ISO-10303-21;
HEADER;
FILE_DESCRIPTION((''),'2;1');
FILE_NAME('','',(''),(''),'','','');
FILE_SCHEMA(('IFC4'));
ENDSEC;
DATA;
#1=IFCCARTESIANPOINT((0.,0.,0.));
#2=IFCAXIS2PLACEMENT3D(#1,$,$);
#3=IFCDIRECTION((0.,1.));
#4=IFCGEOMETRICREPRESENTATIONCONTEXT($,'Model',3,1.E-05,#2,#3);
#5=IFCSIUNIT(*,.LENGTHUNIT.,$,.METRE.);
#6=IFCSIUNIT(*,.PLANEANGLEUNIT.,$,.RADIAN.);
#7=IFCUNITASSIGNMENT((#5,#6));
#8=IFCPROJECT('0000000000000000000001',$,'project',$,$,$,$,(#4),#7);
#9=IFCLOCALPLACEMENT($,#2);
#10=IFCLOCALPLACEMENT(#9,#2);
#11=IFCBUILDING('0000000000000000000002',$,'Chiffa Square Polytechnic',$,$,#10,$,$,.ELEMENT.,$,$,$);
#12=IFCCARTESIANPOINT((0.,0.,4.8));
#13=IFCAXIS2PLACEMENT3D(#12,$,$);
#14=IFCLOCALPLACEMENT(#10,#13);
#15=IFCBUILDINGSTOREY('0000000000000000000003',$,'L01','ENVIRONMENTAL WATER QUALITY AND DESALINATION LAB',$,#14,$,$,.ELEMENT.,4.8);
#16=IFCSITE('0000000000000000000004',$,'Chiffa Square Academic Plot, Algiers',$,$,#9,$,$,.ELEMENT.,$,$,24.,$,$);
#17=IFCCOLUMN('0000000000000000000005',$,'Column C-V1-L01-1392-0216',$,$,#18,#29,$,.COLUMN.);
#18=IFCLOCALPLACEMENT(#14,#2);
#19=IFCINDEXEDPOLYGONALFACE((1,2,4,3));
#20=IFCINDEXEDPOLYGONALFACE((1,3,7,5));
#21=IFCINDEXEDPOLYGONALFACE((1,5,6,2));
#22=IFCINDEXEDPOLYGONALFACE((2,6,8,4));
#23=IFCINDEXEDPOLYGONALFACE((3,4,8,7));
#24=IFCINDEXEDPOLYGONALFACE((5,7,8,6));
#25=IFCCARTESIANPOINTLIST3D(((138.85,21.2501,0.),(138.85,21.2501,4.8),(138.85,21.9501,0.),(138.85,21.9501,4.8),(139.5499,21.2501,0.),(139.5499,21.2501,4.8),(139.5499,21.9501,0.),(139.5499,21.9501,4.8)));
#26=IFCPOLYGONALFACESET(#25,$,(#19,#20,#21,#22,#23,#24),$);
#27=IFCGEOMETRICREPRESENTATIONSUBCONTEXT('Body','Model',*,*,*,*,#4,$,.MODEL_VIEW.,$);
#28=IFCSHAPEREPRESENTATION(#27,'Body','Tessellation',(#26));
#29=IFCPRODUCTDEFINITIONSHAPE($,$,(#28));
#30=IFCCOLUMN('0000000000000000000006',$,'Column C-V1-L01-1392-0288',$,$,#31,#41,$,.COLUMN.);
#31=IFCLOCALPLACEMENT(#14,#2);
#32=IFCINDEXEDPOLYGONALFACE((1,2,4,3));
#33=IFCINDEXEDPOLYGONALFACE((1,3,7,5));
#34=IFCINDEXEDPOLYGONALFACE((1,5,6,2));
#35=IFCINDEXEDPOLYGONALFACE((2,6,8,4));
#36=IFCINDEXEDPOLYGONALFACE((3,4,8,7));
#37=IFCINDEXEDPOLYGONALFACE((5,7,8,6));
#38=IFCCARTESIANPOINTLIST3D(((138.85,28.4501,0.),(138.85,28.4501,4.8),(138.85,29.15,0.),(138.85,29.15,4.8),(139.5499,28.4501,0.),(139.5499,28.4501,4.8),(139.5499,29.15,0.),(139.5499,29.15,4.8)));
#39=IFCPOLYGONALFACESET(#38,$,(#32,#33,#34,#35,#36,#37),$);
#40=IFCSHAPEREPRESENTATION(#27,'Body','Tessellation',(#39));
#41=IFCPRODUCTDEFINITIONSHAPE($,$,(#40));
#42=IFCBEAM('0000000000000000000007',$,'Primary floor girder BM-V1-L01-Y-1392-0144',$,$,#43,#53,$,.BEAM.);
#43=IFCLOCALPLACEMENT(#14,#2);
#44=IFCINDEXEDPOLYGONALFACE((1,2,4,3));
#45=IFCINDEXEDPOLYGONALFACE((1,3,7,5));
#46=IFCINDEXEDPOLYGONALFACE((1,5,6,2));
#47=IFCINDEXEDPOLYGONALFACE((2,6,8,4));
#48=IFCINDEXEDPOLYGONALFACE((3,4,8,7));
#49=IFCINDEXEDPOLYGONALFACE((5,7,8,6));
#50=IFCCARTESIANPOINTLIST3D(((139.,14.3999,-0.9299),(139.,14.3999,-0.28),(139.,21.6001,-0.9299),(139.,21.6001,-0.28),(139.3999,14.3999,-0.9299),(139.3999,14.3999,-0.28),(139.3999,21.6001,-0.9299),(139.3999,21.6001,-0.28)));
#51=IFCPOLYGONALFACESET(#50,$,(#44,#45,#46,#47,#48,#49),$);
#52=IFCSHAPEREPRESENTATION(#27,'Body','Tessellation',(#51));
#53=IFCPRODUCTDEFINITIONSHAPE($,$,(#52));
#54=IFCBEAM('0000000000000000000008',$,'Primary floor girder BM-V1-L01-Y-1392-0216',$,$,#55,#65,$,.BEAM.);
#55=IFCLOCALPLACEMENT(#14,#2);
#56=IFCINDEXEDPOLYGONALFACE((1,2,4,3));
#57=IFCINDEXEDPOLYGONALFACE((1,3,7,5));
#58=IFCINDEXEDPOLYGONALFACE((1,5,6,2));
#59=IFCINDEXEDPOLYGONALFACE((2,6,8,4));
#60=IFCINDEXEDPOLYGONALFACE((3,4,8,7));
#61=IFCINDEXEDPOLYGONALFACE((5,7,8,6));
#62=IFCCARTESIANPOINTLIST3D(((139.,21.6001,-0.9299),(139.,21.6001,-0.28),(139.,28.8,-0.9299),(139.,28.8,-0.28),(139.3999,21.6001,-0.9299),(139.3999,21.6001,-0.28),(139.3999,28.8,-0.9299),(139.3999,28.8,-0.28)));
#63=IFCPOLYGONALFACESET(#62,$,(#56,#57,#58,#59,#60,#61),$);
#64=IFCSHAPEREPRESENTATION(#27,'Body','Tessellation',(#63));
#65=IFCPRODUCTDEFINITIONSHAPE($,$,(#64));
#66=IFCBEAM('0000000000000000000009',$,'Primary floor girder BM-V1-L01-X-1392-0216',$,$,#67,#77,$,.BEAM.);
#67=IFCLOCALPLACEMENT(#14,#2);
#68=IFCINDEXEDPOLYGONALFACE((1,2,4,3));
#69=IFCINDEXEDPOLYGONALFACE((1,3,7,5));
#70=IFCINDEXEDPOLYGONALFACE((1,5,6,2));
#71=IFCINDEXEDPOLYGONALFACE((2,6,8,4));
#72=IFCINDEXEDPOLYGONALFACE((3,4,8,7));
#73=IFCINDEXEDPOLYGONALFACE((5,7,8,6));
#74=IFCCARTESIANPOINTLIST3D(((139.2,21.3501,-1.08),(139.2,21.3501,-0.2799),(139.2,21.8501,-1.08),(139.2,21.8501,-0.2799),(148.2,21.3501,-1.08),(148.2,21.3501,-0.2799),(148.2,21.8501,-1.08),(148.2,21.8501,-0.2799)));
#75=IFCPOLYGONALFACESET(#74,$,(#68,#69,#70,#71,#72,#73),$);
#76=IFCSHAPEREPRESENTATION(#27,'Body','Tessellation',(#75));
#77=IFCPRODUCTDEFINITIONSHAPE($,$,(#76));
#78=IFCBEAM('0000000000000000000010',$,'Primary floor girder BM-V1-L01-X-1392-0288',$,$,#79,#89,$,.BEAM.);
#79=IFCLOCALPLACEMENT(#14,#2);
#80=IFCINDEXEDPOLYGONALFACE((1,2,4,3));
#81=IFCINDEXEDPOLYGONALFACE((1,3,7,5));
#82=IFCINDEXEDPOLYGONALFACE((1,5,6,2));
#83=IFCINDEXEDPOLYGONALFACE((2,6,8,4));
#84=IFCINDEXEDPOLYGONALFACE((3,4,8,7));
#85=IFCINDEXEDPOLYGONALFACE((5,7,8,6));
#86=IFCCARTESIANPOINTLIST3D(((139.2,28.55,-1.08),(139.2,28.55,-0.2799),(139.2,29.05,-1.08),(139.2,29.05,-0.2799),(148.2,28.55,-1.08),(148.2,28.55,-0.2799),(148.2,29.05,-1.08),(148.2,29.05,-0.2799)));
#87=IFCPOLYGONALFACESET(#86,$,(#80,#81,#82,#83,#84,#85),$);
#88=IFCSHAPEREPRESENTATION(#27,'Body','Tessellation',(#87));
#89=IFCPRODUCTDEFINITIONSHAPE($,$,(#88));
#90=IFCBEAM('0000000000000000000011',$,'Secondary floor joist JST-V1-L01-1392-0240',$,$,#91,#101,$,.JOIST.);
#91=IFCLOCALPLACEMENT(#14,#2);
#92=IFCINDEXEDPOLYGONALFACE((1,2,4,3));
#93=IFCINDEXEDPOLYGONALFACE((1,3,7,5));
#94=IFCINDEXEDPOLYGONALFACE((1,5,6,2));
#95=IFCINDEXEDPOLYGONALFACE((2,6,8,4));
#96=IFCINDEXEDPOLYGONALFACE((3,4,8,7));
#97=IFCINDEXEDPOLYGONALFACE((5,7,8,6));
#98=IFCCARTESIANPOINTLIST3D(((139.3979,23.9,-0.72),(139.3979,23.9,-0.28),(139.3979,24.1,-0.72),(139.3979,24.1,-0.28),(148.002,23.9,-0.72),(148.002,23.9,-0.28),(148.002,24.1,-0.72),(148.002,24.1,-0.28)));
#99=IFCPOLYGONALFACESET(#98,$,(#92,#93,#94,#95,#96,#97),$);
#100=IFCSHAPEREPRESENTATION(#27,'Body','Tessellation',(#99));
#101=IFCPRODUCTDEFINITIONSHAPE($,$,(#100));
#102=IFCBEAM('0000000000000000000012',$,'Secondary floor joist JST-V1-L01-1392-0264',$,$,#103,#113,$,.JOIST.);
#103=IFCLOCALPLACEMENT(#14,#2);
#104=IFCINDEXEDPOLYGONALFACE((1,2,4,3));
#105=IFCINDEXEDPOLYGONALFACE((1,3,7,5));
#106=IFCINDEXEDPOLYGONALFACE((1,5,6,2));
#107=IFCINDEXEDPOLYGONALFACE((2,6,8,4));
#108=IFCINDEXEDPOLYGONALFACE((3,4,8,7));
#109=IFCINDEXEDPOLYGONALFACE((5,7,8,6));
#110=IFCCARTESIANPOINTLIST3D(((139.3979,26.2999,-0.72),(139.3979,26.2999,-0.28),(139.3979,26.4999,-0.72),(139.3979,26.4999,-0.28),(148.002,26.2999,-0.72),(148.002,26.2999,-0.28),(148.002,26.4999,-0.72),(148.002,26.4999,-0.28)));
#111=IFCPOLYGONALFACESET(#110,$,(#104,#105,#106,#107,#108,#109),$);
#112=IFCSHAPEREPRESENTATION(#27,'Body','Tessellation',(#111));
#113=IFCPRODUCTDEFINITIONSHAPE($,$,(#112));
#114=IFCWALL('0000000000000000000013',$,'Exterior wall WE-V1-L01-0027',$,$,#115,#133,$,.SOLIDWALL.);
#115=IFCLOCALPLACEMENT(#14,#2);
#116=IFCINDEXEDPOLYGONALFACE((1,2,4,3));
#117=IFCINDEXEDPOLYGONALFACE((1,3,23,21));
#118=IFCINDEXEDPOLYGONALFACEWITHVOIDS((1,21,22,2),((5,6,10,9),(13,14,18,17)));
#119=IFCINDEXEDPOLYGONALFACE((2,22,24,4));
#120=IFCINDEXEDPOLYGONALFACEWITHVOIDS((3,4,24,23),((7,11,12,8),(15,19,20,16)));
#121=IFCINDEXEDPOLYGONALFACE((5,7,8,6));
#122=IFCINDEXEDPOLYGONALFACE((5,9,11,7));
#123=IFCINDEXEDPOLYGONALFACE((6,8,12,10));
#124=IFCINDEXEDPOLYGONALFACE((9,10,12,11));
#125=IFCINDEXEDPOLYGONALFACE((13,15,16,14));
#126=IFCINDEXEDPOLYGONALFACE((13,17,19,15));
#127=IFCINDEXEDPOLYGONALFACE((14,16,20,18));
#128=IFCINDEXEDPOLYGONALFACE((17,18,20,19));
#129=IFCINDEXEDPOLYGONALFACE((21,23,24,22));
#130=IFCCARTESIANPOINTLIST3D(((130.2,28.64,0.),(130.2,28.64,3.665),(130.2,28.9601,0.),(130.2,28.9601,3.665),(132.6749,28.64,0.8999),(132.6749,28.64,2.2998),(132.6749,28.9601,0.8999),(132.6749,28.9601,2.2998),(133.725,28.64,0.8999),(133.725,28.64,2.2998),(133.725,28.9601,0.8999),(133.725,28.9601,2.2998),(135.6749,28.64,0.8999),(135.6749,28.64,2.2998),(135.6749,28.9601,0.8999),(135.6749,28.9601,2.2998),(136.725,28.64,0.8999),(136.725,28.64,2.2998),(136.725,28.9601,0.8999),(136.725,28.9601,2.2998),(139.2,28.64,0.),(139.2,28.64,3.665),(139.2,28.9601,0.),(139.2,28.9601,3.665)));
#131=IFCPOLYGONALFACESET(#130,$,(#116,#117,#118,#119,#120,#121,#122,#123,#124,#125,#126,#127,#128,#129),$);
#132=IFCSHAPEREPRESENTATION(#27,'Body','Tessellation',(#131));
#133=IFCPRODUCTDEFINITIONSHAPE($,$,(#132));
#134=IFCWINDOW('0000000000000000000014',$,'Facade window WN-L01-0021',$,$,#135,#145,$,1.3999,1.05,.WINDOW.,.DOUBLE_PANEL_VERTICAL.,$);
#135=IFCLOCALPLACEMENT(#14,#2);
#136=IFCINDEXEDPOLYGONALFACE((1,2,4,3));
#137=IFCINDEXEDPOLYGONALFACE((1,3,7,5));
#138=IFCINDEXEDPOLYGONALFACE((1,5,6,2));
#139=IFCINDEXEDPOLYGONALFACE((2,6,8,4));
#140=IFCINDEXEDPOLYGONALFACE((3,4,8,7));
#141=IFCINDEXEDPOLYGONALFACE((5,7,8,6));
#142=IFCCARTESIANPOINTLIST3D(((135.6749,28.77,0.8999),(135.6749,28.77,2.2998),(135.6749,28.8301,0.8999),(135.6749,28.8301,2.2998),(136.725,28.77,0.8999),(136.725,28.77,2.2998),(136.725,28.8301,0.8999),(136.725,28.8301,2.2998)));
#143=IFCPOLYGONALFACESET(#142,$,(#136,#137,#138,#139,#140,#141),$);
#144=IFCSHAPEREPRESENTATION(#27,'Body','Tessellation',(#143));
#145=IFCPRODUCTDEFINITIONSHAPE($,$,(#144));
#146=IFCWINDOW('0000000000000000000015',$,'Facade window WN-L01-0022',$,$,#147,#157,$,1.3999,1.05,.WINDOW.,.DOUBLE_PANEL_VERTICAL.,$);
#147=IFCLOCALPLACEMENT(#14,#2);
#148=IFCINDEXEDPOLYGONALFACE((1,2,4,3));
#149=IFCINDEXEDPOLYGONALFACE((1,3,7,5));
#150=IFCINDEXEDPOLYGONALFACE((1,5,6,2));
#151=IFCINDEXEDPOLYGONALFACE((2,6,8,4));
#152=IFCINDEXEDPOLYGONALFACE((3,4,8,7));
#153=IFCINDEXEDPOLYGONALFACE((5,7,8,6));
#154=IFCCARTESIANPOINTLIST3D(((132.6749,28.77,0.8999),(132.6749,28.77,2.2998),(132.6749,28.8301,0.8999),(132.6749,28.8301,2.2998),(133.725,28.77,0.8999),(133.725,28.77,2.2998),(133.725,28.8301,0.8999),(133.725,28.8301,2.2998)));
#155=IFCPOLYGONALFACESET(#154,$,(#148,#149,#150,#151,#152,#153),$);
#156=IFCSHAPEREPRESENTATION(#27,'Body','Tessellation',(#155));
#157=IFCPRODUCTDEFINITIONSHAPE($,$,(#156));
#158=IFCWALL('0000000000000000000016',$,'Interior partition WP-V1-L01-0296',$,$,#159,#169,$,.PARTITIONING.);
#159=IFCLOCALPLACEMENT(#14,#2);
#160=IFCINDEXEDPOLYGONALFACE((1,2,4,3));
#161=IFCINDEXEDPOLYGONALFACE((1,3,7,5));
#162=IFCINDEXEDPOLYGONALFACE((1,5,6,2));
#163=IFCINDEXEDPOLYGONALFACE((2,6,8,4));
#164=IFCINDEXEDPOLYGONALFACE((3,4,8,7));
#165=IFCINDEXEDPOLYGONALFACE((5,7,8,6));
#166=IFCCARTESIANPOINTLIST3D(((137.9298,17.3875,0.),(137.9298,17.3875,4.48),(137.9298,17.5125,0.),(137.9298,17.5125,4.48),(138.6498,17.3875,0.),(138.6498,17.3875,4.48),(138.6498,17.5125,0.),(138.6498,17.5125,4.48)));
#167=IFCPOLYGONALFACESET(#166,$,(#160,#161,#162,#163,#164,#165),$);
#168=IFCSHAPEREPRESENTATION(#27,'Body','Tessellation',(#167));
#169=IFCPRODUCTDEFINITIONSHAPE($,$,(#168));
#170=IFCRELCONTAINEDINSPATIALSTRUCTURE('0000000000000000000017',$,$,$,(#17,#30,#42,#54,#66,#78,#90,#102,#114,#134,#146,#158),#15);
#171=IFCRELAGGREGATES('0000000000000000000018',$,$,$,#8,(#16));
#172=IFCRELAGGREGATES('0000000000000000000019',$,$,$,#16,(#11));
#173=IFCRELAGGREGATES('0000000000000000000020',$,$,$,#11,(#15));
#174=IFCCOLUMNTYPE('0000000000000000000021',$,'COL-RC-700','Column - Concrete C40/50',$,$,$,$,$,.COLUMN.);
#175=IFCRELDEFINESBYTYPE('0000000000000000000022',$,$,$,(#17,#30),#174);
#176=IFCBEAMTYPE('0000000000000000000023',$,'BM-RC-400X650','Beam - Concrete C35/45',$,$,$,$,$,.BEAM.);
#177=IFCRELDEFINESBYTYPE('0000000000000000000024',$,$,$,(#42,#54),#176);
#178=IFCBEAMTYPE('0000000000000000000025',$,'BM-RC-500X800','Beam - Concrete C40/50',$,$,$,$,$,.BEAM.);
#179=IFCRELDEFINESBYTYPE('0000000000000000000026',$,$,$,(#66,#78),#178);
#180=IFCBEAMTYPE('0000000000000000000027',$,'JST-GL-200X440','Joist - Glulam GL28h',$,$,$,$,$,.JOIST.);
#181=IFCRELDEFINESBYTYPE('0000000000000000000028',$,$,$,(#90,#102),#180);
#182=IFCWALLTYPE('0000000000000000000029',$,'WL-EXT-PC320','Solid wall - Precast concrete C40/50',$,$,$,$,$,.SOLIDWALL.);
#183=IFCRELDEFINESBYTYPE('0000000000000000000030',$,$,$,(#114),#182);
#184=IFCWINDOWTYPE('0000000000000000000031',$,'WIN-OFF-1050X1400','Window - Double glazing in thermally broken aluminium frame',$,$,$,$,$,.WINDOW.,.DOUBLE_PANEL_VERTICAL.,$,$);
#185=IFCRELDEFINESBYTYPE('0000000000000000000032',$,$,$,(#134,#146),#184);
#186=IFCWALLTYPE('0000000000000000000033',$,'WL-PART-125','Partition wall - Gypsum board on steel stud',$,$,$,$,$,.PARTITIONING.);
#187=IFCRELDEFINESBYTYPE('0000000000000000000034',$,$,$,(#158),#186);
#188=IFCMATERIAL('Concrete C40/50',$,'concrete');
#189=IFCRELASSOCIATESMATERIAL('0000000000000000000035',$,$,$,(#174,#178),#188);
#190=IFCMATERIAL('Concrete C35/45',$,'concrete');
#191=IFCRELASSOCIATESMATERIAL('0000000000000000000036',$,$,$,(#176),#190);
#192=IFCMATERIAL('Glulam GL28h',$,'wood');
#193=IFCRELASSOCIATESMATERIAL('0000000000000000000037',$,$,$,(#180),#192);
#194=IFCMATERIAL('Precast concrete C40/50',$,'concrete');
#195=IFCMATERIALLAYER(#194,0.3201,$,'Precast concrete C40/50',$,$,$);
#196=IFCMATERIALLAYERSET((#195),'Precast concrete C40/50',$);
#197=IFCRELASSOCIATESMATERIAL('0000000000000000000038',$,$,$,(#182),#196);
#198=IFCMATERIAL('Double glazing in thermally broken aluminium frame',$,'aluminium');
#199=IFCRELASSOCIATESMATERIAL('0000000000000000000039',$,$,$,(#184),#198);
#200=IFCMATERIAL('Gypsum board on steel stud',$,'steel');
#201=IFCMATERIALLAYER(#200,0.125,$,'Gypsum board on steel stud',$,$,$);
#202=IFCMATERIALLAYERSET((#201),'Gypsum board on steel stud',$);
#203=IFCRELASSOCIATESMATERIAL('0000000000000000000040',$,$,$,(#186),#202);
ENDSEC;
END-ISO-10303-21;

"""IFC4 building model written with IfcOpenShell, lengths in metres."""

from ifc_helpers import new_model, si_unit, direction, frame, frame_2d, origin, origin_2d, place, context, subcontext, project, spatial, rectangle, extrude, material, layer, layer_set, material_profile, profile_set, type_object, element, fill, save


model = new_model("IFC4")

# Units and contexts
model_context = context("Model", 3, precision=1e-05, world=origin(), true_north=direction((0.0, 1.0)))
body_context = subcontext(model_context, "Body", "Model", "MODEL_VIEW")
ifc_project = project(units=[si_unit("LENGTHUNIT", "METRE"), si_unit("PLANEANGLEUNIT", "RADIAN")], contexts=[model_context])

# Site, building, storey
site_placement = place(None, origin())
site = spatial("IfcSite", under=ifc_project, at=site_placement, Name="Chiffa Square Academic Plot, Algiers", CompositionType="ELEMENT", RefElevation=24.0)
building_placement = place(site_placement, origin())
building = spatial("IfcBuilding", under=site, at=building_placement, Name="Chiffa Square Polytechnic", CompositionType="ELEMENT")
storey_placement = place(building_placement, frame((0.0, 0.0, 4.8)))
storey = spatial("IfcBuildingStorey", under=building, at=storey_placement, Name="L01", Description="ENVIRONMENTAL WATER QUALITY AND DESALINATION LAB", CompositionType="ELEMENT", Elevation=4.8)

# Columns
ifc_material_1 = material(Name="Concrete C40/50", Category="concrete")
ifc_material_profile_1 = material_profile(ifc_material_1, rectangle(XDim=0.7, YDim=0.7, at=origin_2d()), Name="RC 700x700")
ifc_profile_set_1 = profile_set([ifc_material_profile_1], Name="Concrete C40/50")
column_type = type_object("IfcColumnType", Name="COL-RC-700", Description="Column - Concrete C40/50", PredefinedType="COLUMN", material=ifc_profile_set_1)
for number, where, z_axis, x_axis, name in (
    (1, (139.2, 21.6001, 0.0), (0.0, 0.0, 1.0), (1.0, 0.0, 0.0), "Column C-V1-L01-1392-0216"),
    (2, (139.2, 28.8, 0.0), (0.0, 0.0, 1.0), (1.0, 0.0, 0.0), "Column C-V1-L01-1392-0288"),
):
    element("IfcColumn", number, at=place(storey_placement, frame(where, z_axis=z_axis, x_axis=x_axis)), inside=storey, type_object=column_type, Name=name, PredefinedType="COLUMN", context=body_context, shape_type="SweptSolid", body=[
        extrude(rectangle(XDim=0.7, YDim=0.7, at=origin_2d()), origin(), (0.0, 0.0, 1.0), 4.8),
    ])

# Beams
ifc_material_2 = material(Name="Concrete C35/45", Category="concrete")
ifc_material_profile_2 = material_profile(ifc_material_2, rectangle(XDim=0.3999, YDim=0.6499, at=origin_2d()), Name="RC 400x650")
ifc_profile_set_2 = profile_set([ifc_material_profile_2], Name="Concrete C35/45")
beam_type_1 = type_object("IfcBeamType", Name="BM-RC-400X650", Description="Beam - Concrete C35/45", PredefinedType="BEAM", material=ifc_profile_set_2)
beam_1_placement = place(storey_placement, frame((139.2, 14.3999, -0.605), z_axis=(0.0, 1.0, 0.0), x_axis=(-1.0, 0.0, 0.0)))
element("IfcBeam", 3, at=beam_1_placement, inside=storey, type_object=beam_type_1, Name="Primary floor girder BM-V1-L01-Y-1392-0144", PredefinedType="BEAM", context=body_context, shape_type="SweptSolid", body=[
    extrude(rectangle(XDim=0.3999, YDim=0.6499, at=origin_2d()), origin(), (0.0, 0.0, 1.0), 7.2002),
])
beam_2_placement = place(storey_placement, frame((139.2, 21.6001, -0.605), z_axis=(0.0, 1.0, 0.0), x_axis=(-1.0, 0.0, 0.0)))
element("IfcBeam", 4, at=beam_2_placement, inside=storey, type_object=beam_type_1, Name="Primary floor girder BM-V1-L01-Y-1392-0216", PredefinedType="BEAM", context=body_context, shape_type="SweptSolid", body=[
    extrude(rectangle(XDim=0.3999, YDim=0.6499, at=origin_2d()), origin(), (0.0, 0.0, 1.0), 7.2),
])
ifc_material_profile_3 = material_profile(ifc_material_1, rectangle(XDim=0.5, YDim=0.8, at=origin_2d()), Name="RC 500x800")
ifc_profile_set_3 = profile_set([ifc_material_profile_3], Name="Concrete C40/50")
beam_type_2 = type_object("IfcBeamType", Name="BM-RC-500X800", Description="Beam - Concrete C40/50", PredefinedType="BEAM", material=ifc_profile_set_3)
for number, where, z_axis, x_axis, name in (
    (5, (139.2, 21.6001, -0.6799), (1.0, 0.0, 0.0), (0.0, 1.0, 0.0), "Primary floor girder BM-V1-L01-X-1392-0216"),
    (6, (139.2, 28.8, -0.6799), (1.0, 0.0, 0.0), (0.0, 1.0, 0.0), "Primary floor girder BM-V1-L01-X-1392-0288"),
):
    element("IfcBeam", number, at=place(storey_placement, frame(where, z_axis=z_axis, x_axis=x_axis)), inside=storey, type_object=beam_type_2, Name=name, PredefinedType="BEAM", context=body_context, shape_type="SweptSolid", body=[
        extrude(rectangle(XDim=0.5, YDim=0.8, at=origin_2d()), origin(), (0.0, 0.0, 1.0), 9.0),
    ])
ifc_material_3 = material(Name="Glulam GL28h", Category="wood")
ifc_material_profile_4 = material_profile(ifc_material_3, rectangle(XDim=0.2, YDim=0.4399, at=origin_2d()), Name="GL28h 200x440")
ifc_profile_set_4 = profile_set([ifc_material_profile_4], Name="Glulam GL28h")
beam_type_3 = type_object("IfcBeamType", Name="JST-GL-200X440", Description="Joist - Glulam GL28h", PredefinedType="JOIST", material=ifc_profile_set_4)
for number, where, z_axis, x_axis, name in (
    (7, (139.3979, 24.0, -0.5), (1.0, 0.0, 0.0), (0.0, 1.0, 0.0), "Secondary floor joist JST-V1-L01-1392-0240"),
    (8, (139.3979, 26.3999, -0.5), (1.0, 0.0, 0.0), (0.0, 1.0, 0.0), "Secondary floor joist JST-V1-L01-1392-0264"),
):
    element("IfcBeam", number, at=place(storey_placement, frame(where, z_axis=z_axis, x_axis=x_axis)), inside=storey, type_object=beam_type_3, Name=name, PredefinedType="JOIST", context=body_context, shape_type="SweptSolid", body=[
        extrude(rectangle(XDim=0.2, YDim=0.4399, at=origin_2d()), origin(), (0.0, 0.0, 1.0), 8.604),
    ])

# Wall, openings, windows
ifc_material_4 = material(Name="Precast concrete C40/50", Category="concrete")
ifc_layer_1 = layer(ifc_material_4, 0.3201, Name="Precast concrete C40/50")
ifc_layer_set_1 = layer_set([ifc_layer_1], Name="Precast concrete C40/50")
wall_type_1 = type_object("IfcWallType", Name="WL-EXT-PC320", Description="Solid wall - Precast concrete C40/50", PredefinedType="SOLIDWALL", material=ifc_layer_set_1)
wall_1_placement = place(storey_placement, frame((139.2, 28.8, 0.0), z_axis=(0.0, 0.0, 1.0), x_axis=(-1.0, 0.0, 0.0)))
wall_1 = element("IfcWall", 9, at=wall_1_placement, inside=storey, type_object=wall_type_1, Name="Exterior wall WE-V1-L01-0027", PredefinedType="SOLIDWALL", context=body_context, shape_type="SweptSolid", body=[
    extrude(rectangle(XDim=9.0, YDim=0.3201, at=frame_2d((4.5, 0.0))), origin(), (0.0, 0.0, 1.0), 3.665),
])
opening_1_placement = place(wall_1_placement, frame((2.4751, 0.0, 0.8999)))
opening_1 = element("IfcOpeningElement", 10, at=opening_1_placement, cuts=wall_1, PredefinedType="OPENING", context=body_context, shape_type="SweptSolid", body=[
    extrude(rectangle(XDim=1.05, YDim=1.3999, at=frame_2d((0.5249, 0.7))), frame((0.0, 0.1699, 0.0), z_axis=(0.0, -1.0, 0.0), x_axis=(1.0, 0.0, 0.0)), (0.0, 0.0, 1.0), 0.3401),
])
opening_2_placement = place(wall_1_placement, frame((5.4751, 0.0, 0.8999)))
opening_2 = element("IfcOpeningElement", 11, at=opening_2_placement, cuts=wall_1, PredefinedType="OPENING", context=body_context, shape_type="SweptSolid", body=[
    extrude(rectangle(XDim=1.05, YDim=1.3999, at=frame_2d((0.5249, 0.7))), frame((0.0, 0.1699, 0.0), z_axis=(0.0, -1.0, 0.0), x_axis=(1.0, 0.0, 0.0)), (0.0, 0.0, 1.0), 0.3401),
])
ifc_material_5 = material(Name="Double glazing in thermally broken aluminium frame", Category="aluminium")
window_type = type_object("IfcWindowType", Name="WIN-OFF-1050X1400", Description="Window - Double glazing in thermally broken aluminium frame", PartitioningType="DOUBLE_PANEL_VERTICAL", PredefinedType="WINDOW", material=ifc_material_5)
window_1_placement = place(opening_1_placement, origin())
window_1 = element("IfcWindow", 12, at=window_1_placement, inside=storey, type_object=window_type, Name="Facade window WN-L01-0021", OverallHeight=1.3999, OverallWidth=1.05, PartitioningType="DOUBLE_PANEL_VERTICAL", PredefinedType="WINDOW", context=body_context, shape_type="SweptSolid", body=[
    extrude(rectangle(XDim=1.05, YDim=1.3999, at=frame_2d((0.5249, 0.7))), frame((0.0, 0.03, 0.0), z_axis=(0.0, -1.0, 0.0), x_axis=(1.0, 0.0, 0.0)), (0.0, 0.0, 1.0), 0.0601),
])
fill(opening_1, window_1)
window_2_placement = place(opening_2_placement, origin())
window_2 = element("IfcWindow", 13, at=window_2_placement, inside=storey, type_object=window_type, Name="Facade window WN-L01-0022", OverallHeight=1.3999, OverallWidth=1.05, PartitioningType="DOUBLE_PANEL_VERTICAL", PredefinedType="WINDOW", context=body_context, shape_type="SweptSolid", body=[
    extrude(rectangle(XDim=1.05, YDim=1.3999, at=frame_2d((0.5249, 0.7))), frame((0.0, 0.03, 0.0), z_axis=(0.0, -1.0, 0.0), x_axis=(1.0, 0.0, 0.0)), (0.0, 0.0, 1.0), 0.0601),
])
fill(opening_2, window_2)

# Shared definitions
ifc_material_6 = material(Name="Gypsum board on steel stud", Category="steel")
ifc_layer_2 = layer(ifc_material_6, 0.125, Name="Gypsum board on steel stud")
ifc_layer_set_2 = layer_set([ifc_layer_2], Name="Gypsum board on steel stud")
wall_type_2 = type_object("IfcWallType", Name="WL-PART-125", Description="Partition wall - Gypsum board on steel stud", PredefinedType="PARTITIONING", material=ifc_layer_set_2)

# Wall
wall_2_placement = place(storey_placement, frame((137.9299, 17.45, 0.0), z_axis=(0.0, 0.0, 1.0), x_axis=(1.0, 0.0, 0.0)))
element("IfcWall", 14, at=wall_2_placement, inside=storey, type_object=wall_type_2, Name="Interior partition WP-V1-L01-0296", PredefinedType="PARTITIONING", context=body_context, shape_type="SweptSolid", body=[
    extrude(rectangle(XDim=0.72, YDim=0.125, at=frame_2d((0.3599, 0.0))), origin(), (0.0, 0.0, 1.0), 4.48),
])

save(model, "model.ifc")
